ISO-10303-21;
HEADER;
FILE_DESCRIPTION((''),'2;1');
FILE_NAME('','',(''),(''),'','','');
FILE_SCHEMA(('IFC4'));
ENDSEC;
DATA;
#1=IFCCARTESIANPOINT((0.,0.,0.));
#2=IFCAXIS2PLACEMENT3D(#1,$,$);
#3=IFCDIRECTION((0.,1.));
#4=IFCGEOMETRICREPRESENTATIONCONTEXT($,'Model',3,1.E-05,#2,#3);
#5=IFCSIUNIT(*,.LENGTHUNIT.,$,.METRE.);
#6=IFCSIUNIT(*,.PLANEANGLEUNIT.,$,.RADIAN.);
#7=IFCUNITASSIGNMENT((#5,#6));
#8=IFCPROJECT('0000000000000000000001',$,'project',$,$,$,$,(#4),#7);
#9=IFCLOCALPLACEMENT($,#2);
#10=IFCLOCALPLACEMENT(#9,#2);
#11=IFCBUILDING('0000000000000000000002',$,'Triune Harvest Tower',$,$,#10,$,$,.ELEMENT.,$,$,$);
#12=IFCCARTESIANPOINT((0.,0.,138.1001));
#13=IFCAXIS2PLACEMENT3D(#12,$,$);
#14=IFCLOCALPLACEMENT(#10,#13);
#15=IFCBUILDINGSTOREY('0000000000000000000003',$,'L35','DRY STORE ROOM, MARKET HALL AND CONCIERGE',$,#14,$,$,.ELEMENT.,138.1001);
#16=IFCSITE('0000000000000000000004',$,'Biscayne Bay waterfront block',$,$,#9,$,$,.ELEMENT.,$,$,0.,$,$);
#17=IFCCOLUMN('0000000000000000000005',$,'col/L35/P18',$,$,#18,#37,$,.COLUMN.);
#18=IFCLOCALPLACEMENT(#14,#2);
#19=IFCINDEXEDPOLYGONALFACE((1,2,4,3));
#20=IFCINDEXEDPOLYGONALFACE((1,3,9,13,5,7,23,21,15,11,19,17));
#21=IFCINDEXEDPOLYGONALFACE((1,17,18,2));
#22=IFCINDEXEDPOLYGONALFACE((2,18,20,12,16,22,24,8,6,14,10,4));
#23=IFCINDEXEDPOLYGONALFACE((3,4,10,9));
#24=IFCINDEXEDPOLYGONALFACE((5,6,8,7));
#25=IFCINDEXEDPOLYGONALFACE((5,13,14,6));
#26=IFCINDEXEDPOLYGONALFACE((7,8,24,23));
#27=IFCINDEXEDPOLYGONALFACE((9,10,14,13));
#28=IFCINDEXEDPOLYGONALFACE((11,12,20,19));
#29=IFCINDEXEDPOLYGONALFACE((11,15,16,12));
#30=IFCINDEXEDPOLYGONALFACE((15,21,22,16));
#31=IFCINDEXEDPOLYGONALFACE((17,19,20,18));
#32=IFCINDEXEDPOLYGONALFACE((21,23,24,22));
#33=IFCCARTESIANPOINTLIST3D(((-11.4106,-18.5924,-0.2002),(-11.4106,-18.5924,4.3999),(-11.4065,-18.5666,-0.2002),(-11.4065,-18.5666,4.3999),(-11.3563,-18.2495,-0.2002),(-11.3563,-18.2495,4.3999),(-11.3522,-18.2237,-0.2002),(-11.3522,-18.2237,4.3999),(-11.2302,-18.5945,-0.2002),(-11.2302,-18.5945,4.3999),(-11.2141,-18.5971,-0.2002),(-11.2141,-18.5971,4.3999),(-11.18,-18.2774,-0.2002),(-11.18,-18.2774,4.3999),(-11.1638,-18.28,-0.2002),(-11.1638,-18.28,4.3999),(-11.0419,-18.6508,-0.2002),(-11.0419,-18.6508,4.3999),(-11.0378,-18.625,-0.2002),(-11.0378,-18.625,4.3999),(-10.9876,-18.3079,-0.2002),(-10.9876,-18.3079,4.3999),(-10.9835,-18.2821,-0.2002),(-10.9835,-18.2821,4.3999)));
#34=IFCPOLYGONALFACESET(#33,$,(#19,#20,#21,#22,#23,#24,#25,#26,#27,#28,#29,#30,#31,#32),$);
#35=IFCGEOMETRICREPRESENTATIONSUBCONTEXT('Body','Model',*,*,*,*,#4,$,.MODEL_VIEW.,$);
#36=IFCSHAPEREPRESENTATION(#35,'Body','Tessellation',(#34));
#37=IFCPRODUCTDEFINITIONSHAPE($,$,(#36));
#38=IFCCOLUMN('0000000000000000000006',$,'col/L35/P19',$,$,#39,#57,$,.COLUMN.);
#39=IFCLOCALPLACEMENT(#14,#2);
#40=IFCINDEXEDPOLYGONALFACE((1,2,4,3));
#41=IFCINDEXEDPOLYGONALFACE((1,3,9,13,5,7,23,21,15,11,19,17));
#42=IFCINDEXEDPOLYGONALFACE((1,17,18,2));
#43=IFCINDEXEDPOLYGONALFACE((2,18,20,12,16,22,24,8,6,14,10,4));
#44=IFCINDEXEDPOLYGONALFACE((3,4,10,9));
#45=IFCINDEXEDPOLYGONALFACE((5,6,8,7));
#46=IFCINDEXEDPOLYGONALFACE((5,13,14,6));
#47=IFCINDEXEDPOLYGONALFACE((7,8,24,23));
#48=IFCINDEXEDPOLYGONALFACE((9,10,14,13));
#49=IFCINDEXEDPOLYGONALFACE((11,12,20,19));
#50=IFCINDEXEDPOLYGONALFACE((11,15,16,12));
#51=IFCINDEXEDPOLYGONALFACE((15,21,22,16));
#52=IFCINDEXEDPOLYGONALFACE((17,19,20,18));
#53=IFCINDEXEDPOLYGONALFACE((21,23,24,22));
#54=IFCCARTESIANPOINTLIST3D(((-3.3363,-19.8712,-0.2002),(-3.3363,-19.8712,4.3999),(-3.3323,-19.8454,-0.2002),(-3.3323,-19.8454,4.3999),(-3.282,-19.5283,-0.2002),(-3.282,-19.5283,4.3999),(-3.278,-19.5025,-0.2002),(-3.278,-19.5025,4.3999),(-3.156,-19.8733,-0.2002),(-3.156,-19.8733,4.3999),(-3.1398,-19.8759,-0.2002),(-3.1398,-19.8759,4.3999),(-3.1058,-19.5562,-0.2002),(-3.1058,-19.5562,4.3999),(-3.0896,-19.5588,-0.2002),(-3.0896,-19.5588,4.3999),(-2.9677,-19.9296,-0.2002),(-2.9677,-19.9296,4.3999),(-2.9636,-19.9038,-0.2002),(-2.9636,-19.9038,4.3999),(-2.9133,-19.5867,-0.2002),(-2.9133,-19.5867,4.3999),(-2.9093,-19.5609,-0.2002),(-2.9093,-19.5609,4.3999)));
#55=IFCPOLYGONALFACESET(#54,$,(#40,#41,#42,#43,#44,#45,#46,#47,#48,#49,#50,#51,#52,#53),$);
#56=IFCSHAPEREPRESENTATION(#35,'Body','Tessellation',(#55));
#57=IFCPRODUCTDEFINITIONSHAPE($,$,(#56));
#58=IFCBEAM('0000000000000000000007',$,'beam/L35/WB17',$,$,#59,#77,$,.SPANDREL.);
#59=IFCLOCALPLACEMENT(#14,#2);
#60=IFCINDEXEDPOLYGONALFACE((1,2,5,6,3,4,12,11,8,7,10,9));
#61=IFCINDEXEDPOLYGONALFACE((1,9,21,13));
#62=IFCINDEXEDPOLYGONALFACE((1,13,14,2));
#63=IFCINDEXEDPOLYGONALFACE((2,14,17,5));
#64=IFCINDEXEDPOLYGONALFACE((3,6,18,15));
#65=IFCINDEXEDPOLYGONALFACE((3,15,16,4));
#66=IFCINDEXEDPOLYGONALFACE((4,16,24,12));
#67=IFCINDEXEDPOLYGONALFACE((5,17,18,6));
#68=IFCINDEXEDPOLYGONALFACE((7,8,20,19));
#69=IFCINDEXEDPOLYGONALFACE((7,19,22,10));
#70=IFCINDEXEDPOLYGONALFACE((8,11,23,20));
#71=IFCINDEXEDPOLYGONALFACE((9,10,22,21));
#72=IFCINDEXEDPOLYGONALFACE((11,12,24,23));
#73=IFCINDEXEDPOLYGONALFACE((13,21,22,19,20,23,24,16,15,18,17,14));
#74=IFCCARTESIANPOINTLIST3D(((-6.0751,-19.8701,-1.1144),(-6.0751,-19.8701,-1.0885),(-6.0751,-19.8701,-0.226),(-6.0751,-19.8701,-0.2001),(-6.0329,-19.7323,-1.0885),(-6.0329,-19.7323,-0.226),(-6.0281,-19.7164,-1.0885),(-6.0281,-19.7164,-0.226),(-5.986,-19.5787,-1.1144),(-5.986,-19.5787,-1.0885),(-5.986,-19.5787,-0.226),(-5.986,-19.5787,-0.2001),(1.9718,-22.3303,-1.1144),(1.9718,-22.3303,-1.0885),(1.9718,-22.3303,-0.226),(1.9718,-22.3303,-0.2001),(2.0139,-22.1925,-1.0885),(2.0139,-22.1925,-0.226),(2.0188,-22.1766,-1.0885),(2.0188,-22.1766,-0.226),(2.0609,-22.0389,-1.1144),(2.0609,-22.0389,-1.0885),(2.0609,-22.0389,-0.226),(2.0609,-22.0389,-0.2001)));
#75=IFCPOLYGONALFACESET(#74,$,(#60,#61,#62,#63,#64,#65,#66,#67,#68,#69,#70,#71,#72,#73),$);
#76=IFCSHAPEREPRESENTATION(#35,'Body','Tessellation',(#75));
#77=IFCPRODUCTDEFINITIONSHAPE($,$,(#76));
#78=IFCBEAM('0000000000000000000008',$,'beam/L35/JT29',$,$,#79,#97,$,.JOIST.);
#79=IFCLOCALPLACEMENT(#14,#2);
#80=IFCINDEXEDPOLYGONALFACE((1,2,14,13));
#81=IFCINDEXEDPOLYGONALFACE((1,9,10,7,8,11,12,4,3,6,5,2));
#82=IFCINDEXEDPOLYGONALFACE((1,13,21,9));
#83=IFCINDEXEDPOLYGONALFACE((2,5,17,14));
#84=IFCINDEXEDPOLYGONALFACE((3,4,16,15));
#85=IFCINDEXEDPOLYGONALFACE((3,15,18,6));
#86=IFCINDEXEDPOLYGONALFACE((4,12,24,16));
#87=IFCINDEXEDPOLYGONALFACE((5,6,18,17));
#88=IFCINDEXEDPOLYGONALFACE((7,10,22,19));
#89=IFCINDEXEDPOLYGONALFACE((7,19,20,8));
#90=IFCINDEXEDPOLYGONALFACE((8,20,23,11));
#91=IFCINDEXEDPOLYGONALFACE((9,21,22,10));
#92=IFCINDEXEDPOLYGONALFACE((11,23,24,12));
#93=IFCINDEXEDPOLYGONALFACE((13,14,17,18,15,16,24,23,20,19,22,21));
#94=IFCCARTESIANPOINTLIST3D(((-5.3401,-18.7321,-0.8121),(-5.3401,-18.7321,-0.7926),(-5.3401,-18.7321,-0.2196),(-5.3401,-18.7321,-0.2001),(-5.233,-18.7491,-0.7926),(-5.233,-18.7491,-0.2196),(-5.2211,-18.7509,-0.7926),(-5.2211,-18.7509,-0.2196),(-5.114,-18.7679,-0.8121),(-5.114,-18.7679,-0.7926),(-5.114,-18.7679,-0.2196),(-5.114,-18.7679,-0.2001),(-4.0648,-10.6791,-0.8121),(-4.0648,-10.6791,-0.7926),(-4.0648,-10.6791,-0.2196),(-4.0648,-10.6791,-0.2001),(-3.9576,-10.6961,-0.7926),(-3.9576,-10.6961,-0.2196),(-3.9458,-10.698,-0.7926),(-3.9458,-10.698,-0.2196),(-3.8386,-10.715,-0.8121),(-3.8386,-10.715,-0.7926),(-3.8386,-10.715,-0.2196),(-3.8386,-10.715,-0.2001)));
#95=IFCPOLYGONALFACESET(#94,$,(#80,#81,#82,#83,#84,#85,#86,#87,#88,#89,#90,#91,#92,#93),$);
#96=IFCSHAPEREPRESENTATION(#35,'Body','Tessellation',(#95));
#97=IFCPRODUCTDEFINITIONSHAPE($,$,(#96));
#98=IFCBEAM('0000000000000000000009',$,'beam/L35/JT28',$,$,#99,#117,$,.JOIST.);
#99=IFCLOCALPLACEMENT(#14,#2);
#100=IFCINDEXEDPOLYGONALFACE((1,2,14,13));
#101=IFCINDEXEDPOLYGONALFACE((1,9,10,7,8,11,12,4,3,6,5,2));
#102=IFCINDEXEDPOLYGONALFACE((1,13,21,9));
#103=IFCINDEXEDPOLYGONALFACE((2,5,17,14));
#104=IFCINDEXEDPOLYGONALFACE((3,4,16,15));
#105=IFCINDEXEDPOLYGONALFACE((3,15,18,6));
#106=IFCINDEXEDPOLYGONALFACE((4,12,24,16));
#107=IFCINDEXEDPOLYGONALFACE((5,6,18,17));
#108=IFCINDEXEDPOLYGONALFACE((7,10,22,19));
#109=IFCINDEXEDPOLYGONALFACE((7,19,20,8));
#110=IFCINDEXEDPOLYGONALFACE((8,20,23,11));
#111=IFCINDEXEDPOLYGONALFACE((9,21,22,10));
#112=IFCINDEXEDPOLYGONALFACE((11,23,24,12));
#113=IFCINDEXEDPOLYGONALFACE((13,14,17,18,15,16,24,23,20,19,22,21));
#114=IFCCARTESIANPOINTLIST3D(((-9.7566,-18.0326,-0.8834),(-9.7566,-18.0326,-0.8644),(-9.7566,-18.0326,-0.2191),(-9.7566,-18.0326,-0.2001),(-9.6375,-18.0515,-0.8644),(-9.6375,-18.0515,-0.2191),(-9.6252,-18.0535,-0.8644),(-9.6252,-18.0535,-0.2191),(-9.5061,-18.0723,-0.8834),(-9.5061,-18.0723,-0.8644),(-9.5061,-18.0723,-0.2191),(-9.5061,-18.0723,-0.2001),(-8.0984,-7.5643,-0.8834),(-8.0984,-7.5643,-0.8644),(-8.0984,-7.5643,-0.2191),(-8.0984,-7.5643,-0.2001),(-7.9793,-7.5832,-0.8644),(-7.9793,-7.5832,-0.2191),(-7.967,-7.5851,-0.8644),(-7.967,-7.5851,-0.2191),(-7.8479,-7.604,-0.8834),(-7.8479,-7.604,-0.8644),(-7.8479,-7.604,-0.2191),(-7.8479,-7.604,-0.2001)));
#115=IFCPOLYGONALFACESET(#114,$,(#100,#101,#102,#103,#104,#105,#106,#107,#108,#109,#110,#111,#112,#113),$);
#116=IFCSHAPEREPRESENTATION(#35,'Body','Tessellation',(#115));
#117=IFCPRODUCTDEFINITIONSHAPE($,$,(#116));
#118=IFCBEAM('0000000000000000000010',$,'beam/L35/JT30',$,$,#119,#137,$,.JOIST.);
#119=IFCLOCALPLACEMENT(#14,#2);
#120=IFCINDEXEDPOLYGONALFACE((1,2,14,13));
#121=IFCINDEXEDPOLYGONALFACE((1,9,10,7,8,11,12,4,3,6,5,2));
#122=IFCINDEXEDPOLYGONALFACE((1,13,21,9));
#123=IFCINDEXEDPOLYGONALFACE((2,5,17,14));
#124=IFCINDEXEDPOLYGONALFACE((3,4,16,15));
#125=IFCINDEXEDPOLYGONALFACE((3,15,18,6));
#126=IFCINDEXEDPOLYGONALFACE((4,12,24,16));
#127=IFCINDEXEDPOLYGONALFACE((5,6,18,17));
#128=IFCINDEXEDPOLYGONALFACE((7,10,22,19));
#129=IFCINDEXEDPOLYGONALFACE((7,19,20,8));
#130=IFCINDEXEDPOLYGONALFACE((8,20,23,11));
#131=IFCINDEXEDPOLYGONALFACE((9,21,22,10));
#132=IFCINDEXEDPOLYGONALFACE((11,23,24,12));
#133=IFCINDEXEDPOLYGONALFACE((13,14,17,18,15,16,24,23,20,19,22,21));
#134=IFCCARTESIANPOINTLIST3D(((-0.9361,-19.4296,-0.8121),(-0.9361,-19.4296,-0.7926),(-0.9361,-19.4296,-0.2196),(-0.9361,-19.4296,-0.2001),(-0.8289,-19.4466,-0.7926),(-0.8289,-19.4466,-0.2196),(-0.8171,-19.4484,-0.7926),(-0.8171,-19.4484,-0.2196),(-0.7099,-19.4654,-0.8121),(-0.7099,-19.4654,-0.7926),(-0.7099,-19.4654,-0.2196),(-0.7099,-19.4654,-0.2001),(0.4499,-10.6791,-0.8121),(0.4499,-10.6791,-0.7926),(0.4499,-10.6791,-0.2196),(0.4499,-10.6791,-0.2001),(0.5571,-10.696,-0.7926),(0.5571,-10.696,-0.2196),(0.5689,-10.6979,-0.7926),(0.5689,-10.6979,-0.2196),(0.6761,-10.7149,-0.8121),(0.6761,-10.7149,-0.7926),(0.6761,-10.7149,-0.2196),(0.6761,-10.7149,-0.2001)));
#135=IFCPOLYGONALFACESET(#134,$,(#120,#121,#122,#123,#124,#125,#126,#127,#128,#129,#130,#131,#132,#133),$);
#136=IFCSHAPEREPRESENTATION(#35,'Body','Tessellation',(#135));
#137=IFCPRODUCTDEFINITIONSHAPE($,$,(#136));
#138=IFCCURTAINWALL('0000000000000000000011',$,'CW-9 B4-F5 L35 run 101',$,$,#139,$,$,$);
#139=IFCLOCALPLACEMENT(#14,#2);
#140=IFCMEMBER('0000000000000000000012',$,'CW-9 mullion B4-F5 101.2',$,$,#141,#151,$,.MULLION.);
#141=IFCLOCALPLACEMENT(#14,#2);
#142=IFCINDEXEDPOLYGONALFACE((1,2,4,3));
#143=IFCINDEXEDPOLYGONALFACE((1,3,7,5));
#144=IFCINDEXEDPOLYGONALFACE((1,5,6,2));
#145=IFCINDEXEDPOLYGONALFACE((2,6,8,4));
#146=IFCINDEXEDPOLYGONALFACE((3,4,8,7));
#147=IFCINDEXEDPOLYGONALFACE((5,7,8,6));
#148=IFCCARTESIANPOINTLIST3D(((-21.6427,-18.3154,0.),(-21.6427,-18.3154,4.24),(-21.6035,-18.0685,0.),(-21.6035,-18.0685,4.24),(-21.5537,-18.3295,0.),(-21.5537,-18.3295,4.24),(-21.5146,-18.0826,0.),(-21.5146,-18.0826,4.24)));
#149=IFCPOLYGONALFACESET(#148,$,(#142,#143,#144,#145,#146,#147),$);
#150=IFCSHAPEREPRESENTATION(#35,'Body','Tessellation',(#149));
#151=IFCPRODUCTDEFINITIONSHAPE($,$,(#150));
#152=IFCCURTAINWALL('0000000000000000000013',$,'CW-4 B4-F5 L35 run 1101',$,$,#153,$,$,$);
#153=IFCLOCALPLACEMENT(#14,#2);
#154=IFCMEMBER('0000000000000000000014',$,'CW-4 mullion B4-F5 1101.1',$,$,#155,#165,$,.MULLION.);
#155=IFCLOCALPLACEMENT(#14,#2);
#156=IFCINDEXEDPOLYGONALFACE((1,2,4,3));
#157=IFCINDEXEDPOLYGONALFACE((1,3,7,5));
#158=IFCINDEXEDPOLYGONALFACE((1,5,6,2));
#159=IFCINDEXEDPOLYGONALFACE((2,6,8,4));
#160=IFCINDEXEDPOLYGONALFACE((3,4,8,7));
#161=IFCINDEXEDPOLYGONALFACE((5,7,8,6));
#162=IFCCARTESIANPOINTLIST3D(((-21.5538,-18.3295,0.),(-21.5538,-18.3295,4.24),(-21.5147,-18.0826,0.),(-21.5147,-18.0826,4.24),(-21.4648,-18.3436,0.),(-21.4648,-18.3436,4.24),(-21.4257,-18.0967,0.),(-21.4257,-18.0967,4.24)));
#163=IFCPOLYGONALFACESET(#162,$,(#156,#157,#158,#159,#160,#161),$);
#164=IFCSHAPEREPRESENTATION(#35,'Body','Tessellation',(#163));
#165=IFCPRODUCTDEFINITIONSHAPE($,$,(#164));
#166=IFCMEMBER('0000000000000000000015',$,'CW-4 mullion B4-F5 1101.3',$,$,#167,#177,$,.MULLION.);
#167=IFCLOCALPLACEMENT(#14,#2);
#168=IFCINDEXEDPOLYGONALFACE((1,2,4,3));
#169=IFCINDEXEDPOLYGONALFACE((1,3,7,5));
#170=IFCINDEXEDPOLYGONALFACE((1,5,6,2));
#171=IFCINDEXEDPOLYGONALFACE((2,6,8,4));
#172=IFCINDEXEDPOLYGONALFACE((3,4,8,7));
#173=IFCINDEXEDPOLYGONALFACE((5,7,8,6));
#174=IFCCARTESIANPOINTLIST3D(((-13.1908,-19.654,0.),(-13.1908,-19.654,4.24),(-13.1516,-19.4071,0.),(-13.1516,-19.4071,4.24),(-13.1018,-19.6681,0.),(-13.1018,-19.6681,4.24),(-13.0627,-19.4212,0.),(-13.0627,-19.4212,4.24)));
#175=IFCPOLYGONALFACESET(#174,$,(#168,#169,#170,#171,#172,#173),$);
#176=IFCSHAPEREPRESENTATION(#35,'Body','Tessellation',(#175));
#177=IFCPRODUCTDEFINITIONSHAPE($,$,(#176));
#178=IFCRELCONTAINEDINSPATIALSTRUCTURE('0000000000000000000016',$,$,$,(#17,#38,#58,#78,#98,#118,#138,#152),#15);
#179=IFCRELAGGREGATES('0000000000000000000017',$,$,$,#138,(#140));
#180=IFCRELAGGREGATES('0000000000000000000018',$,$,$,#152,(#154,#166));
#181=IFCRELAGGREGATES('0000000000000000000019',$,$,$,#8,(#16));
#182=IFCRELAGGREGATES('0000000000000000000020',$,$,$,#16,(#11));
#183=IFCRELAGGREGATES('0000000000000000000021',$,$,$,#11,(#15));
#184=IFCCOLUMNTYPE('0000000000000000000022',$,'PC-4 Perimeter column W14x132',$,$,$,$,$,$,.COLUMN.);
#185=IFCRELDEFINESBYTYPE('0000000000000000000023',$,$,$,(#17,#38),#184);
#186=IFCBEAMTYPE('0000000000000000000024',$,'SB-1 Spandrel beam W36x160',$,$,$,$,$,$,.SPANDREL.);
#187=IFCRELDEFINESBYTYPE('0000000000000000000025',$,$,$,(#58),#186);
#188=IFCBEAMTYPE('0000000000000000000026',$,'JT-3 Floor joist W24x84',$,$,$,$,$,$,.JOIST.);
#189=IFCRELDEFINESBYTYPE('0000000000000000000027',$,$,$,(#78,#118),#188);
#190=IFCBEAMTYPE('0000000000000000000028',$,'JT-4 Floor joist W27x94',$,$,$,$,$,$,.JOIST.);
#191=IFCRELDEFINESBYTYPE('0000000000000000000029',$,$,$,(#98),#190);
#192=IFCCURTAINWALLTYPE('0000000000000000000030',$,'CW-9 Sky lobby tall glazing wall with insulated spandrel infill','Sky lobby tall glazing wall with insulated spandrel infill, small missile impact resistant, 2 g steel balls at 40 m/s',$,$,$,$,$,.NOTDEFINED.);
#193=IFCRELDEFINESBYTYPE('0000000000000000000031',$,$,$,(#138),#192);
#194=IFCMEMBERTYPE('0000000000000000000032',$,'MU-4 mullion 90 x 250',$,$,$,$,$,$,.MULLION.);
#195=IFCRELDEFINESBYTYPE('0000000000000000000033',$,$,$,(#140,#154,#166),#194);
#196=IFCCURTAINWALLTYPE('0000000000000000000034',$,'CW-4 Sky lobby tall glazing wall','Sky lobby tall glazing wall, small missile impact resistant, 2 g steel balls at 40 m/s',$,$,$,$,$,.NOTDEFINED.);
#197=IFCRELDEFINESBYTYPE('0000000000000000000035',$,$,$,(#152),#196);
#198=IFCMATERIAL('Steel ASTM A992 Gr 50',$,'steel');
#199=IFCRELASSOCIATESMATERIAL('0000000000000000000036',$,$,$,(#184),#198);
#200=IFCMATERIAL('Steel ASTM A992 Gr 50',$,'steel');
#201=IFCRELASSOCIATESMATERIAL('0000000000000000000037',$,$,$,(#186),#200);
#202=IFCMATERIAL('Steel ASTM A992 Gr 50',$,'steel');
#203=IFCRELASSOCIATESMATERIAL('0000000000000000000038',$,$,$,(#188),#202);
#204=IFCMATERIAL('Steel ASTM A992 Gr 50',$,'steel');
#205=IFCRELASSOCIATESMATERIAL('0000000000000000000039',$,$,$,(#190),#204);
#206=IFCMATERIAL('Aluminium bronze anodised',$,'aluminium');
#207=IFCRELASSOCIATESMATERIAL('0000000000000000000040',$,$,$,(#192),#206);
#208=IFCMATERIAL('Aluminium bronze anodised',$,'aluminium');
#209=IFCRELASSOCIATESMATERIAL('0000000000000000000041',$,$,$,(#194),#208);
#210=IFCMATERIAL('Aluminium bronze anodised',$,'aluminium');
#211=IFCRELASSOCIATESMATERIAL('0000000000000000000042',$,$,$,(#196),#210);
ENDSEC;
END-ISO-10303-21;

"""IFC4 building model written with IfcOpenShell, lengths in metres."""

from ifc_helpers import new_model, si_unit, direction, frame, origin, origin_2d, place, context, subcontext, project, spatial, rectangle, i_section, extrude, source, transform, mapped, material, material_profile, profile_set, type_object, element, aggregate, save


model = new_model("IFC4")

# Units and contexts
model_context = context("Model", 3, precision=1e-05, world=origin(), true_north=direction((0.0, 1.0)))
body_context = subcontext(model_context, "Body", "Model", "MODEL_VIEW")
ifc_project = project(units=[si_unit("LENGTHUNIT", "METRE"), si_unit("PLANEANGLEUNIT", "RADIAN")], contexts=[model_context])

# Site, building, storey
site_placement = place(None, origin())
site = spatial("IfcSite", under=ifc_project, at=site_placement, Name="Biscayne Bay waterfront block", CompositionType="ELEMENT", RefElevation=0.0)
building_placement = place(site_placement, origin())
building = spatial("IfcBuilding", under=site, at=building_placement, Name="Triune Harvest Tower", CompositionType="ELEMENT")
storey_placement = place(building_placement, frame((0.0, 0.0, 138.1001)))
storey = spatial("IfcBuildingStorey", under=building, at=storey_placement, Name="L35", Description="DRY STORE ROOM, MARKET HALL AND CONCIERGE", CompositionType="ELEMENT", Elevation=138.1001)

# Columns
ifc_material_1 = material(Name="Steel ASTM A992 Gr 50", Category="steel")
ifc_material_profile_1 = material_profile(ifc_material_1, i_section(OverallWidth=0.3733, OverallDepth=0.3733, WebThickness=0.0164, FlangeThickness=0.0261, at=origin_2d()), Name="W14x132")
ifc_profile_set_1 = profile_set([ifc_material_profile_1], Name="Steel ASTM A992 Gr 50")
column_type = type_object("IfcColumnType", Name="PC-4 Perimeter column W14x132", PredefinedType="COLUMN", material=ifc_profile_set_1)
shared_shape_1 = source(origin(), body_context, "Body", "SweptSolid", [
    extrude(i_section(OverallWidth=0.3733, OverallDepth=0.3733, WebThickness=0.0164, FlangeThickness=0.0261, at=origin_2d()), origin(), (0.0, 0.0, 1.0), 4.6001),
])
for number, where, z_axis, x_axis, name in (
    (1, (-11.197, -18.4373, -0.2002), (0.0, 0.0, 1.0), (0.987688, -0.156434, 0.0), "col/L35/P18"),
    (2, (-3.1228, -19.7161, -0.2002), (0.0, 0.0, 1.0), (0.987688, -0.156434, 0.0), "col/L35/P19"),
):
    element("IfcColumn", number, at=place(storey_placement, frame(where, z_axis=z_axis, x_axis=x_axis)), inside=storey, type_object=column_type, Name=name, PredefinedType="COLUMN", context=body_context, shape_type="MappedRepresentation", body=[
        mapped(shared_shape_1, transform((0.0, 0.0, 0.0), scale=1.0)),
    ])

# Beams
ifc_material_2 = material(Name="Steel ASTM A992 Gr 50", Category="steel")
ifc_material_profile_2 = material_profile(ifc_material_2, i_section(OverallWidth=0.3047, OverallDepth=0.9143, WebThickness=0.0166, FlangeThickness=0.0259, at=origin_2d()), Name="W36x160")
ifc_profile_set_2 = profile_set([ifc_material_profile_2], Name="Steel ASTM A992 Gr 50")
beam_type_1 = type_object("IfcBeamType", Name="SB-1 Spandrel beam W36x160", PredefinedType="SPANDREL", material=ifc_profile_set_2)
shared_shape_2 = source(origin(), body_context, "Body", "SweptSolid", [
    extrude(i_section(OverallWidth=0.3047, OverallDepth=0.9143, WebThickness=0.0166, FlangeThickness=0.0259, at=origin_2d()), origin(), (0.0, 0.0, 1.0), 8.4146),
])
beam_1_placement = place(storey_placement, frame((-6.0305, -19.7244, -0.6572), z_axis=(0.956304, -0.292375, 0.0), x_axis=(0.292375, 0.956304, 0.0)))
element("IfcBeam", 3, at=beam_1_placement, inside=storey, type_object=beam_type_1, Name="beam/L35/WB17", PredefinedType="SPANDREL", context=body_context, shape_type="MappedRepresentation", body=[
    mapped(shared_shape_2, transform((0.0, 0.0, 0.0), scale=1.0)),
])
ifc_material_3 = material(Name="Steel ASTM A992 Gr 50", Category="steel")
ifc_material_profile_3 = material_profile(ifc_material_3, i_section(OverallWidth=0.229, OverallDepth=0.6121, WebThickness=0.012, FlangeThickness=0.0195, at=origin_2d()), Name="W24x84")
ifc_profile_set_3 = profile_set([ifc_material_profile_3], Name="Steel ASTM A992 Gr 50")
beam_type_2 = type_object("IfcBeamType", Name="JT-3 Floor joist W24x84", PredefinedType="JOIST", material=ifc_profile_set_3)
shared_shape_3 = source(origin(), body_context, "Body", "SweptSolid", [
    extrude(i_section(OverallWidth=0.229, OverallDepth=0.6121, WebThickness=0.012, FlangeThickness=0.0195, at=origin_2d()), origin(), (0.0, 0.0, 1.0), 8.1533),
])
beam_2_placement = place(storey_placement, frame((-5.2271, -18.75, -0.5061), z_axis=(0.156425, 0.98769, 0.0), x_axis=(-0.98769, 0.156425, 0.0)))
element("IfcBeam", 4, at=beam_2_placement, inside=storey, type_object=beam_type_2, Name="beam/L35/JT29", PredefinedType="JOIST", context=body_context, shape_type="MappedRepresentation", body=[
    mapped(shared_shape_3, transform((0.0, 0.0, 0.0), scale=1.0)),
])
ifc_material_4 = material(Name="Steel ASTM A992 Gr 50", Category="steel")
ifc_material_profile_4 = material_profile(ifc_material_4, i_section(OverallWidth=0.2537, OverallDepth=0.6833, WebThickness=0.0125, FlangeThickness=0.019, at=origin_2d()), Name="W27x94")
ifc_profile_set_4 = profile_set([ifc_material_profile_4], Name="Steel ASTM A992 Gr 50")
beam_type_3 = type_object("IfcBeamType", Name="JT-4 Floor joist W27x94", PredefinedType="JOIST", material=ifc_profile_set_4)
shared_shape_4 = source(origin(), body_context, "Body", "SweptSolid", [
    extrude(i_section(OverallWidth=0.2537, OverallDepth=0.6833, WebThickness=0.0125, FlangeThickness=0.019, at=origin_2d()), origin(), (0.0, 0.0, 1.0), 10.5989),
])
beam_3_placement = place(storey_placement, frame((-9.6313, -18.0525, -0.5417), z_axis=(0.156452, 0.987686, 0.0), x_axis=(-0.987686, 0.156452, 0.0)))
element("IfcBeam", 5, at=beam_3_placement, inside=storey, type_object=beam_type_3, Name="beam/L35/JT28", PredefinedType="JOIST", context=body_context, shape_type="MappedRepresentation", body=[
    mapped(shared_shape_4, transform((0.0, 0.0, 0.0), scale=1.0)),
])
shared_shape_5 = source(origin(), body_context, "Body", "SweptSolid", [
    extrude(i_section(OverallWidth=0.229, OverallDepth=0.6121, WebThickness=0.012, FlangeThickness=0.0195, at=origin_2d()), origin(), (0.0, 0.0, 1.0), 8.8596),
])
beam_4_placement = place(storey_placement, frame((-0.823, -19.4475, -0.5061), z_axis=(0.156439, 0.987688, 0.0), x_axis=(-0.987688, 0.156439, 0.0)))
element("IfcBeam", 6, at=beam_4_placement, inside=storey, type_object=beam_type_2, Name="beam/L35/JT30", PredefinedType="JOIST", context=body_context, shape_type="MappedRepresentation", body=[
    mapped(shared_shape_5, transform((0.0, 0.0, 0.0), scale=1.0)),
])

# Curtain wall, member
ifc_material_5 = material(Name="Aluminium bronze anodised", Category="aluminium")
curtain_wall_type_1 = type_object("IfcCurtainWallType", Name="CW-9 Sky lobby tall glazing wall with insulated spandrel infill", Description="Sky lobby tall glazing wall with insulated spandrel infill, small missile impact resistant, 2 g steel balls at 40 m/s", PredefinedType="NOTDEFINED", material=ifc_material_5)
curtain_wall_1_placement = place(storey_placement, origin())
curtain_wall_1 = element("IfcCurtainWall", 7, at=curtain_wall_1_placement, inside=storey, type_object=curtain_wall_type_1, Name="CW-9 B4-F5 L35 run 101")
ifc_material_6 = material(Name="Aluminium bronze anodised", Category="aluminium")
ifc_material_profile_5 = material_profile(ifc_material_6, rectangle(XDim=0.25, YDim=0.0901, at=origin_2d()), Name="MU-4 mullion 90 x 250")
ifc_profile_set_5 = profile_set([ifc_material_profile_5], Name="Aluminium bronze anodised")
member_type_1 = type_object("IfcMemberType", Name="MU-4 mullion 90 x 250", PredefinedType="MULLION", material=ifc_profile_set_5)
shared_shape_6 = source(origin(), body_context, "Body", "SweptSolid", [
    extrude(rectangle(XDim=0.25, YDim=0.0901, at=origin_2d()), origin(), (0.0, 0.0, 1.0), 4.24),
])
member_1_placement = place(storey_placement, frame((-21.5786, -18.199, 0.0), z_axis=(0.0, 0.0, 1.0), x_axis=(0.156434, 0.987688, 0.0)))
member_1 = element("IfcMember", 8, at=member_1_placement, type_object=member_type_1, Name="CW-9 mullion B4-F5 101.2", PredefinedType="MULLION", context=body_context, shape_type="MappedRepresentation", body=[
    mapped(shared_shape_6, transform((0.0, 0.0, 0.0), scale=1.0)),
])
aggregate(curtain_wall_1, [member_1])

# Curtain wall, members
ifc_material_7 = material(Name="Aluminium bronze anodised", Category="aluminium")
curtain_wall_type_2 = type_object("IfcCurtainWallType", Name="CW-4 Sky lobby tall glazing wall", Description="Sky lobby tall glazing wall, small missile impact resistant, 2 g steel balls at 40 m/s", PredefinedType="NOTDEFINED", material=ifc_material_7)
curtain_wall_2_placement = place(storey_placement, origin())
curtain_wall_2 = element("IfcCurtainWall", 9, at=curtain_wall_2_placement, inside=storey, type_object=curtain_wall_type_2, Name="CW-4 B4-F5 L35 run 1101")
member_2_placement = place(storey_placement, frame((-21.4897, -18.2131, 0.0), z_axis=(0.0, 0.0, 1.0), x_axis=(0.156435, 0.987688, 0.0)))
member_2 = element("IfcMember", 10, at=member_2_placement, type_object=member_type_1, Name="CW-4 mullion B4-F5 1101.1", PredefinedType="MULLION", context=body_context, shape_type="MappedRepresentation", body=[
    mapped(shared_shape_6, transform((0.0, 0.0, 0.0), scale=1.0)),
])
member_3_placement = place(storey_placement, frame((-13.1267, -19.5376, 0.0), z_axis=(0.0, 0.0, 1.0), x_axis=(0.156435, 0.987688, 0.0)))
member_3 = element("IfcMember", 11, at=member_3_placement, type_object=member_type_1, Name="CW-4 mullion B4-F5 1101.3", PredefinedType="MULLION", context=body_context, shape_type="MappedRepresentation", body=[
    mapped(shared_shape_6, transform((0.0, 0.0, 0.0), scale=1.0)),
])
aggregate(curtain_wall_2, [member_2, member_3])

save(model, "model.ifc")
